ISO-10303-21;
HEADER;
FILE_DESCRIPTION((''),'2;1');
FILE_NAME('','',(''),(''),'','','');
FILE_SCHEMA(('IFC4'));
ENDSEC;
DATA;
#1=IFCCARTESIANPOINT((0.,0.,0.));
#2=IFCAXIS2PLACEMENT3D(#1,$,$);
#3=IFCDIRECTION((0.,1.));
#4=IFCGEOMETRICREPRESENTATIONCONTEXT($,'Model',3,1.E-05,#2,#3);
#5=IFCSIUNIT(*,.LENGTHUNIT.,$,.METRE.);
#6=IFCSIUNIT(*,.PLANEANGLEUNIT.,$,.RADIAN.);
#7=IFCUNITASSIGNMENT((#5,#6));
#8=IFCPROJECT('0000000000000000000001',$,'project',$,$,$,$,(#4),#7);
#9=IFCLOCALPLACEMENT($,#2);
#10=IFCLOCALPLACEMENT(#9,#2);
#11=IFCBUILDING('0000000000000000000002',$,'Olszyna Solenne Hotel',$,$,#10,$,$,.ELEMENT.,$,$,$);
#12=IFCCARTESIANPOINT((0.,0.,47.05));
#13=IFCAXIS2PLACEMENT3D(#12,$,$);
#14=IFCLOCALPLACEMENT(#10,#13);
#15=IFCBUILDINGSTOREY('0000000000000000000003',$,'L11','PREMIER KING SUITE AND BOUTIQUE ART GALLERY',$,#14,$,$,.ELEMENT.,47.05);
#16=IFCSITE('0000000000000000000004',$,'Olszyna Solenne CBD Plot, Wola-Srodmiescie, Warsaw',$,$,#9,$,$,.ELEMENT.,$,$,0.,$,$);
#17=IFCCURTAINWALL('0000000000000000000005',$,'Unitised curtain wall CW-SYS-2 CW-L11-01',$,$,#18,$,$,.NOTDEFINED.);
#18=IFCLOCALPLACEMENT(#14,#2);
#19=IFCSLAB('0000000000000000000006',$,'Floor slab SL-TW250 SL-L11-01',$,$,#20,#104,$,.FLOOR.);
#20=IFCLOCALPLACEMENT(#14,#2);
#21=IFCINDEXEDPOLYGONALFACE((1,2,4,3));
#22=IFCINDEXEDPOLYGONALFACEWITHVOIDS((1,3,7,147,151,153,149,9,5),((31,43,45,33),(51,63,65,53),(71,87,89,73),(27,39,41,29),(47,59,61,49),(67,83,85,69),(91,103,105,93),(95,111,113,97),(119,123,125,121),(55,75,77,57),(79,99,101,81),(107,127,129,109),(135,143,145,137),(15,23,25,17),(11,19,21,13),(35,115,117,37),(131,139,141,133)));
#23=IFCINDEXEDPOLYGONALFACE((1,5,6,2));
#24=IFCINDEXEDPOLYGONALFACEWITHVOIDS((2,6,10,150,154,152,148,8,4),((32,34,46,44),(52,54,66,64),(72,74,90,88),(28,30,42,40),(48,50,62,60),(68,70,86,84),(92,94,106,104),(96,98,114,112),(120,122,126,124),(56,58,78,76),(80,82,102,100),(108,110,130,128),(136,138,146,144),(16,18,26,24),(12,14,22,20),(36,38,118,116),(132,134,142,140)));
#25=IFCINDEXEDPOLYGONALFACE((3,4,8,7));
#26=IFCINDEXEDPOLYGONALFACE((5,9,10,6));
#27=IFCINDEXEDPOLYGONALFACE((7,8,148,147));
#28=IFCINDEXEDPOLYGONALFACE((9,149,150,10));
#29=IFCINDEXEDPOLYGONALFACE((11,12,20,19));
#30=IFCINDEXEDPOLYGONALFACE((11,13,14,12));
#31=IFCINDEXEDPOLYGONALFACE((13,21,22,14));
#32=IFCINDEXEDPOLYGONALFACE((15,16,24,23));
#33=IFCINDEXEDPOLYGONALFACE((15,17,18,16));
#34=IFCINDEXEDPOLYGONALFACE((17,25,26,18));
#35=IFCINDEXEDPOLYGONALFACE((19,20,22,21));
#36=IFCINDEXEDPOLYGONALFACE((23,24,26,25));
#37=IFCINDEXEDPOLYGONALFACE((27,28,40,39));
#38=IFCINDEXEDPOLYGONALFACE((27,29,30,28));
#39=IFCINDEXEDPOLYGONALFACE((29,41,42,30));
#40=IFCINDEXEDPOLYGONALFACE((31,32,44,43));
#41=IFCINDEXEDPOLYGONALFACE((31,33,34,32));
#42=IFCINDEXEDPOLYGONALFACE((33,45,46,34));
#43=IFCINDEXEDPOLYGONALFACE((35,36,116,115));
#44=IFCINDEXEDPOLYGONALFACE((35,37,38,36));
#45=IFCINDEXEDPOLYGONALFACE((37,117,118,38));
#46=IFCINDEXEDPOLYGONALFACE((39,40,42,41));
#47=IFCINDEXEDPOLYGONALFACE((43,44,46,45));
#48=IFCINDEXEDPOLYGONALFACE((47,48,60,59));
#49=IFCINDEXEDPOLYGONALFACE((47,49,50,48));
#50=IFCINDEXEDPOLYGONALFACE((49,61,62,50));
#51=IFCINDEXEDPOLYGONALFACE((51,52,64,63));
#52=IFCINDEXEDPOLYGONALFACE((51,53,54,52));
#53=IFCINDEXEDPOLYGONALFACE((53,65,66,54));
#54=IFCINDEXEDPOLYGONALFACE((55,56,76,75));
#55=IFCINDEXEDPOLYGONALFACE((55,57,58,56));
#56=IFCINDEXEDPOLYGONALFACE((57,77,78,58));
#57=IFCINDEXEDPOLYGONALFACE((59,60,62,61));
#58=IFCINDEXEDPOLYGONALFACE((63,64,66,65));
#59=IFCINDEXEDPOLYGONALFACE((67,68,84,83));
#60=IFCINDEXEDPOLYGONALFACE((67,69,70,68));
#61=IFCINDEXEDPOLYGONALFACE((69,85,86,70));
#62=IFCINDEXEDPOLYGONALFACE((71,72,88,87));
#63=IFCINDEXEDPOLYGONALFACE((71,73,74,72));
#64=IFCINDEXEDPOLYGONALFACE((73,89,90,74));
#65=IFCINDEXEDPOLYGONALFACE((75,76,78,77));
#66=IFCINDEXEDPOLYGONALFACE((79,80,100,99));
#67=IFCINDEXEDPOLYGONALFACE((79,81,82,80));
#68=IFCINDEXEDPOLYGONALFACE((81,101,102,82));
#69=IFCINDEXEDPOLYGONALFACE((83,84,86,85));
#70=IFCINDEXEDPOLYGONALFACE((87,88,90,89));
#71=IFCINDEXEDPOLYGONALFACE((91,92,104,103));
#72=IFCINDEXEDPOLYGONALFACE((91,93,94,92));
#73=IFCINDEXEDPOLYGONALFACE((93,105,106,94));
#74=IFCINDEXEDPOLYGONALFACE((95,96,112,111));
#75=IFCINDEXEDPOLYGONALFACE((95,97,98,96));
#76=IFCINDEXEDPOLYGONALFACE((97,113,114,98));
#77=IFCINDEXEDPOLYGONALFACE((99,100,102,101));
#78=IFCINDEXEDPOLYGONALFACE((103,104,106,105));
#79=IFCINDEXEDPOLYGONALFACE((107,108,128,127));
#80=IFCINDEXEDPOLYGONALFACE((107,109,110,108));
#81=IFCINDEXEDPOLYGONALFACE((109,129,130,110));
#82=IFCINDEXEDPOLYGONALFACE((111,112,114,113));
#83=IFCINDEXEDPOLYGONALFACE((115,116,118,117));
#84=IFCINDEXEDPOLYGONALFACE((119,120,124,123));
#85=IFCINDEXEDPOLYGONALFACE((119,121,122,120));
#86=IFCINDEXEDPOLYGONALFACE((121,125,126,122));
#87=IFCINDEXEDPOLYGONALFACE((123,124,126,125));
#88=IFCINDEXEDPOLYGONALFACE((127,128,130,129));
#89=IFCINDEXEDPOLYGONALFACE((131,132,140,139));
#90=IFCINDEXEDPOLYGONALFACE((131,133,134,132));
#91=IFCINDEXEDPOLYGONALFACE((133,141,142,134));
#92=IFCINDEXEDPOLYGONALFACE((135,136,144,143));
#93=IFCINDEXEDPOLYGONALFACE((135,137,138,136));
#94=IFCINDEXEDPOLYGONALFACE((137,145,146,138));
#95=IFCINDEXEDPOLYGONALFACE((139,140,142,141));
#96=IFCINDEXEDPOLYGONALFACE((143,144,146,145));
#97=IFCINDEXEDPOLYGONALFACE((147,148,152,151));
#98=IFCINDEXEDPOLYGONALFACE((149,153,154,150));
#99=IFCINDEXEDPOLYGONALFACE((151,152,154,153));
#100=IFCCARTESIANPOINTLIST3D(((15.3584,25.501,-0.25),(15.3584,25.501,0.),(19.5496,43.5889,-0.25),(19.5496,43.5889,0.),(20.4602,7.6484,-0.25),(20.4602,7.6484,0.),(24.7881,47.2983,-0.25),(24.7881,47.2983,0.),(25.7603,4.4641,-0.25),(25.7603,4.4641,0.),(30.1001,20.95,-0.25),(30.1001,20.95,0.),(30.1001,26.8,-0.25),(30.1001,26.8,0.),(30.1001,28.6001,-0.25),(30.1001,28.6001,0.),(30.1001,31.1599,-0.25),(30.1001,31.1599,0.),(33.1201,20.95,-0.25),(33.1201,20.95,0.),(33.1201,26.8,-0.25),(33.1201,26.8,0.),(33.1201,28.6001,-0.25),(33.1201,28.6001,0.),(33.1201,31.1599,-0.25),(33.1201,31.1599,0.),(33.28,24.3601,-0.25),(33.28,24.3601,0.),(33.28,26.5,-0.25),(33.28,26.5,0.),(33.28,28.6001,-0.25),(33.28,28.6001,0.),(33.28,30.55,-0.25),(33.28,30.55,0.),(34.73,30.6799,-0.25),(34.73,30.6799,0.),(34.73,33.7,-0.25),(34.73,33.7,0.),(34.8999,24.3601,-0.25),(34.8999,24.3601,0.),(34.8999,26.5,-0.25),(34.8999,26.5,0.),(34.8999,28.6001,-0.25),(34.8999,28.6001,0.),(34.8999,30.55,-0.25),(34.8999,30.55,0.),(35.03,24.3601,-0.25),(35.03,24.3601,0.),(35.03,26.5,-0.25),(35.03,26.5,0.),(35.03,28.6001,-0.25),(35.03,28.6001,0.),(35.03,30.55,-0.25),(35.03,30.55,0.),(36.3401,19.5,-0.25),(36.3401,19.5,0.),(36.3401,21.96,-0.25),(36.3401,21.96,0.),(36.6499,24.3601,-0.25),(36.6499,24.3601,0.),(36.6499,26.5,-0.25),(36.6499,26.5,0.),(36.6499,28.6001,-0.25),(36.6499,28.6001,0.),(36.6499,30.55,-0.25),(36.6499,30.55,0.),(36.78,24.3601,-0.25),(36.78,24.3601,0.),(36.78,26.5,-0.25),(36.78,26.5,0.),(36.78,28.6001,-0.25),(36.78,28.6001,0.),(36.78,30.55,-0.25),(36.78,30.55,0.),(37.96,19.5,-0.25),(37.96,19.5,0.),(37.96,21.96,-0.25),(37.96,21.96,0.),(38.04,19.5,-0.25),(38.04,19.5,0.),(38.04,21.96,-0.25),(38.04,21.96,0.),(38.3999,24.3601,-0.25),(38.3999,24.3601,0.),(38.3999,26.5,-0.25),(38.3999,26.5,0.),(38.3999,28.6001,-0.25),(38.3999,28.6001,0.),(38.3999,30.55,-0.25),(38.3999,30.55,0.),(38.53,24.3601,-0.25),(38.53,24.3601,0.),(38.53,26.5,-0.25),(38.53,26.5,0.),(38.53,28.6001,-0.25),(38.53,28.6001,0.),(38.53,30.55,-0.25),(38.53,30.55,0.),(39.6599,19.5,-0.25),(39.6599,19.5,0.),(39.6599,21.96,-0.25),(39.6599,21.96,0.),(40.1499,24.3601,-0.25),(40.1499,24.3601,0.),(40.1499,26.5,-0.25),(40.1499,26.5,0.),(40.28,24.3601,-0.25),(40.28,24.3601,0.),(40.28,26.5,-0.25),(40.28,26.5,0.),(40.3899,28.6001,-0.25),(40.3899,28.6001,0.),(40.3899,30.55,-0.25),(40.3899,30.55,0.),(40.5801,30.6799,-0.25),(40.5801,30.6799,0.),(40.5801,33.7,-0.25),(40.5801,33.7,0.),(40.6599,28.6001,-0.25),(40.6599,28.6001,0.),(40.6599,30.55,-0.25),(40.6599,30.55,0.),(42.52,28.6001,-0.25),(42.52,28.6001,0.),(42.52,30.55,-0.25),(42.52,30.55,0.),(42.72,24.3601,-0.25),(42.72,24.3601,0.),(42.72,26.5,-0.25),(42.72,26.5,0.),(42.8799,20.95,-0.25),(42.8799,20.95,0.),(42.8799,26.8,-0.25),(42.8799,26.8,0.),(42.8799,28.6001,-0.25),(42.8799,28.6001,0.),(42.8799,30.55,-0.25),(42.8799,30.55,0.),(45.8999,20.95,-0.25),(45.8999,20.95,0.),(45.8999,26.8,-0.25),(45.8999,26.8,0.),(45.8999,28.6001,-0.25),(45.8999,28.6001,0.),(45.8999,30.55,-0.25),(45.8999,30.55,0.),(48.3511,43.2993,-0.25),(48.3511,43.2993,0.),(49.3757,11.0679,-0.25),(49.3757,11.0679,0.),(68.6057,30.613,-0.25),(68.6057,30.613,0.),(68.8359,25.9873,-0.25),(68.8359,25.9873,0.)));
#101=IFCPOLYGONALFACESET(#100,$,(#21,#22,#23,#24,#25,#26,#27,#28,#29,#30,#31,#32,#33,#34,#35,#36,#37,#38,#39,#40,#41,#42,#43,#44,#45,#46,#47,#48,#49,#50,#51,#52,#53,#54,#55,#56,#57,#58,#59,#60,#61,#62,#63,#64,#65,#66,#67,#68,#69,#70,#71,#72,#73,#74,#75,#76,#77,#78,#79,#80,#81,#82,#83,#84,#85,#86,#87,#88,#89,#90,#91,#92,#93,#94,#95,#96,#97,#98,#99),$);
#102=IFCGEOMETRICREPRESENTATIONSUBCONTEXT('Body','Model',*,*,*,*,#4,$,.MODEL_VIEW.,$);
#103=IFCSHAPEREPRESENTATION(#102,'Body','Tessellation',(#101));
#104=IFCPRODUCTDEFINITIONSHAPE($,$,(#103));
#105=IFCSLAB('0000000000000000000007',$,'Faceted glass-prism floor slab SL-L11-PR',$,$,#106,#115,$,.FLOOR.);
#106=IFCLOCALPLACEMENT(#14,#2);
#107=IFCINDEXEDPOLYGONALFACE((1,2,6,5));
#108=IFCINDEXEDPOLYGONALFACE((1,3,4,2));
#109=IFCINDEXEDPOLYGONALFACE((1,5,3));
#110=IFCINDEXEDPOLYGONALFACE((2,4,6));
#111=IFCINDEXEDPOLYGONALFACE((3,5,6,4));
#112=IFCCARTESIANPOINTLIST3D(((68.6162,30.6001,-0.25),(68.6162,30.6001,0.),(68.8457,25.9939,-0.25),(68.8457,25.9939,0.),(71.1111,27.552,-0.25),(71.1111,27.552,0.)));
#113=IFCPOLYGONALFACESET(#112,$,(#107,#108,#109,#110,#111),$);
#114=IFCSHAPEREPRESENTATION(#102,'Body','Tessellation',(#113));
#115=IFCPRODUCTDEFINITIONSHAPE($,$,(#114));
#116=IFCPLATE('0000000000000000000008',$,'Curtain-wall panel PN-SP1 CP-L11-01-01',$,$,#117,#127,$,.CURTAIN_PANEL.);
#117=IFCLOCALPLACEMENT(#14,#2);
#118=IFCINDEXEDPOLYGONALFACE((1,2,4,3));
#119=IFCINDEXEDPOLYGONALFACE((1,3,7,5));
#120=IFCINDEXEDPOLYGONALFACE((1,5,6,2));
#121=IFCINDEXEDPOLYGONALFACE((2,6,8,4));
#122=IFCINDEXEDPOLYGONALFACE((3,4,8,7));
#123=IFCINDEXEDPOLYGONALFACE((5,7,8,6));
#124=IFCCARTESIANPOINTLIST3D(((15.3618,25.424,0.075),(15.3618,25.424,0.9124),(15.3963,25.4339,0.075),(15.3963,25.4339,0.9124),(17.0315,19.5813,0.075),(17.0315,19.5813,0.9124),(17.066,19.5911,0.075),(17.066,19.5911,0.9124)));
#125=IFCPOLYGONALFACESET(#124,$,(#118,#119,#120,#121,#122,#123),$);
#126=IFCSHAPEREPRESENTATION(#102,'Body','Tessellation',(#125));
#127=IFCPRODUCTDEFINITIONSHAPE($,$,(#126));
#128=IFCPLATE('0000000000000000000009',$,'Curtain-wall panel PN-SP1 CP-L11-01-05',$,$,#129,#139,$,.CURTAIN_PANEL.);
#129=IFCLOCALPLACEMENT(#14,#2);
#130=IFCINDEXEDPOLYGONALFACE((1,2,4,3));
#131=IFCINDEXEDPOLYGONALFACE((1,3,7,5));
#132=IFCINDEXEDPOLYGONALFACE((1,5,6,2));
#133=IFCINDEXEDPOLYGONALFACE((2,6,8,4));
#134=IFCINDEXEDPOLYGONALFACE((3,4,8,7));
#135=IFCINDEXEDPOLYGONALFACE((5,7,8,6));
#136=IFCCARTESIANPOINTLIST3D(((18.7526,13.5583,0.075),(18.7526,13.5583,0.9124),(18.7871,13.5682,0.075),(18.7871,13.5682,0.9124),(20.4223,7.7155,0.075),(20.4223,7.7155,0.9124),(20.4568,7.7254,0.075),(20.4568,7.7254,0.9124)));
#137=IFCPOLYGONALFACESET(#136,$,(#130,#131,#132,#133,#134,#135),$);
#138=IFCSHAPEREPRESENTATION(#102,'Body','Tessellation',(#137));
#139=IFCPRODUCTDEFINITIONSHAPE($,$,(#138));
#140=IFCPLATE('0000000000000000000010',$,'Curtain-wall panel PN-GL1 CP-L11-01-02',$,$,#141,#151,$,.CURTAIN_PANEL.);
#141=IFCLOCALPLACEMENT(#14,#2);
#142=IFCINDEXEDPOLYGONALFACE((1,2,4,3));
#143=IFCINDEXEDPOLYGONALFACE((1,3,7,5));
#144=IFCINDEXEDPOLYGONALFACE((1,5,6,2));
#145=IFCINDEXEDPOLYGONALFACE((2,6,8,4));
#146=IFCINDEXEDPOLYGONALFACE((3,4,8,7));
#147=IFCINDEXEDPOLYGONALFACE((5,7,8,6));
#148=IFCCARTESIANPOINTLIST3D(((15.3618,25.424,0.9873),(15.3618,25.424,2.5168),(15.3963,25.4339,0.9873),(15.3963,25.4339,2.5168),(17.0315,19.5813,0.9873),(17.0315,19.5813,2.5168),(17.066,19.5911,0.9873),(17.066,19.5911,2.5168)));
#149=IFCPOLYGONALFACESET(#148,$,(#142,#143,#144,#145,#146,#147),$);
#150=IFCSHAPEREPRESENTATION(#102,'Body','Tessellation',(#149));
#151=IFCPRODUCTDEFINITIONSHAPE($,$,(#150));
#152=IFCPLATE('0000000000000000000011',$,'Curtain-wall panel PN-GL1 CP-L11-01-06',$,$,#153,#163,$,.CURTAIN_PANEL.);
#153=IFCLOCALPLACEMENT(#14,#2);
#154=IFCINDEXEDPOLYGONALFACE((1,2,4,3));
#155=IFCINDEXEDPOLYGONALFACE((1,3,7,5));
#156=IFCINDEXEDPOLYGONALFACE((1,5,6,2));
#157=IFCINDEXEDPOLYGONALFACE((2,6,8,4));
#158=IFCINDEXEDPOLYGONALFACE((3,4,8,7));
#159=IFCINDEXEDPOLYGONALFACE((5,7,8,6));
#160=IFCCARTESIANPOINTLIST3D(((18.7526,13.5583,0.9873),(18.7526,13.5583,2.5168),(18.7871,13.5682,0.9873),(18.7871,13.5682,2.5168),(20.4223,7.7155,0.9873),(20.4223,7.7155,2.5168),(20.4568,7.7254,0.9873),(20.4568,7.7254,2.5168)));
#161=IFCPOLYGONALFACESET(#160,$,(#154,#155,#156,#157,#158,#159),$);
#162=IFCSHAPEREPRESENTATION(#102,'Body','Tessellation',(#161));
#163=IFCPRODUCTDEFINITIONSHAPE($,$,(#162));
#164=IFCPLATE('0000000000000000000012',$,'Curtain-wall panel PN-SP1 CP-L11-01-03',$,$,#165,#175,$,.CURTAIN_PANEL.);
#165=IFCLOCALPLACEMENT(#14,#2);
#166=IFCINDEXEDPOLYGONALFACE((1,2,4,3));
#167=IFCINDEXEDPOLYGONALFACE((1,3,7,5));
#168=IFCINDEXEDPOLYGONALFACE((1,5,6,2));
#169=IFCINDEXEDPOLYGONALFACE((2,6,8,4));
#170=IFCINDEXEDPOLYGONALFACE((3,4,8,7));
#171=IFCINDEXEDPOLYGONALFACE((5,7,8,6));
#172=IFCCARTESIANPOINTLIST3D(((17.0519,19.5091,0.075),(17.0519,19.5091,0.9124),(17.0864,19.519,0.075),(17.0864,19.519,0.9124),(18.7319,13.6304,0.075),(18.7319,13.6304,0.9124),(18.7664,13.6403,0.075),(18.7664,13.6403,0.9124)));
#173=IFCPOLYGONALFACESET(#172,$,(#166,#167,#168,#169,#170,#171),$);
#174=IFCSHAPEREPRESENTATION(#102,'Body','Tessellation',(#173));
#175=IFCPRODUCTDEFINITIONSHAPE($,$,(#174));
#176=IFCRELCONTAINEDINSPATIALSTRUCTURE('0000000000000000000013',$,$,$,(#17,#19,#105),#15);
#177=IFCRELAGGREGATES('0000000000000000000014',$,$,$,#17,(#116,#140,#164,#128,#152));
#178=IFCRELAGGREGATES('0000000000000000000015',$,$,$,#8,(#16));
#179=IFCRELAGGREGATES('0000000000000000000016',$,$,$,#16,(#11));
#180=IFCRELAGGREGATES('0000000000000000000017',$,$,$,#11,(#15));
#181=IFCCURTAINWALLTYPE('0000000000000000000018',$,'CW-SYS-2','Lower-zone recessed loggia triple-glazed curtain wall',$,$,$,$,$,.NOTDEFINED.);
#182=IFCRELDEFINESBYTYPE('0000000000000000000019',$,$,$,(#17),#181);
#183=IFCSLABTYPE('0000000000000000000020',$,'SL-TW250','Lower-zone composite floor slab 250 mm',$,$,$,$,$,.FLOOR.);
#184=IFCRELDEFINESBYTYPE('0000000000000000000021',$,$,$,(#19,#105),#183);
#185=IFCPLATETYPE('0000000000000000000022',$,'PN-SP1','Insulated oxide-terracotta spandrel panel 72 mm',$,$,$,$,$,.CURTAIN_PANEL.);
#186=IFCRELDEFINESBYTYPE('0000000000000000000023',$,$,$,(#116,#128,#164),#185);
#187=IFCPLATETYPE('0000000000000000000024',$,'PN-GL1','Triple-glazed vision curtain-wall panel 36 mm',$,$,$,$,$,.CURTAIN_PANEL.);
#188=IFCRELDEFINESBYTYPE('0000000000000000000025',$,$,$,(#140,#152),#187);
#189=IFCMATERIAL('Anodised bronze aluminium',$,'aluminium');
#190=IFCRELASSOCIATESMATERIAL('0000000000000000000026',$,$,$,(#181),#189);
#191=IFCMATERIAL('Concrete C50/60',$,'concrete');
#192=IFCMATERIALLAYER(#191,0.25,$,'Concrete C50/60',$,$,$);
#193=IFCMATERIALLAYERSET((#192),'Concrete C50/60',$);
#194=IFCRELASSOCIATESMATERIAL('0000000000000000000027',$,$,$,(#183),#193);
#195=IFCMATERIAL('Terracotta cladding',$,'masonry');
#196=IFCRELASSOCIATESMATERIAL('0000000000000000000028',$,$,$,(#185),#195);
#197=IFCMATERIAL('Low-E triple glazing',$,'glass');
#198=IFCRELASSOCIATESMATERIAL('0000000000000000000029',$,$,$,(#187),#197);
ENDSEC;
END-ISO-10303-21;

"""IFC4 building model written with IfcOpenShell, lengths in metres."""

from ifc_helpers import new_model, si_unit, direction, frame, origin, origin_2d, place, context, subcontext, project, spatial, polyline, rectangle, outline, extrude, source, transform, mapped, material, layer, layer_set, type_object, element, aggregate, save


model = new_model("IFC4")

# Units and contexts
model_context = context("Model", 3, precision=1e-05, world=origin(), true_north=direction((0.0, 1.0)))
body_context = subcontext(model_context, "Body", "Model", "MODEL_VIEW")
ifc_project = project(units=[si_unit("LENGTHUNIT", "METRE"), si_unit("PLANEANGLEUNIT", "RADIAN")], contexts=[model_context])

# Site, building, storey
site_placement = place(None, origin())
site = spatial("IfcSite", under=ifc_project, at=site_placement, Name="Olszyna Solenne CBD Plot, Wola-Srodmiescie, Warsaw", CompositionType="ELEMENT", RefElevation=0.0)
building_placement = place(site_placement, origin())
building = spatial("IfcBuilding", under=site, at=building_placement, Name="Olszyna Solenne Hotel", CompositionType="ELEMENT")
storey_placement = place(building_placement, frame((0.0, 0.0, 47.05)))
storey = spatial("IfcBuildingStorey", under=building, at=storey_placement, Name="L11", Description="PREMIER KING SUITE AND BOUTIQUE ART GALLERY", CompositionType="ELEMENT", Elevation=47.05)

# Curtain wall
ifc_material_1 = material(Name="Anodised bronze aluminium", Category="aluminium")
curtain_wall_type = type_object("IfcCurtainWallType", Name="CW-SYS-2", Description="Lower-zone recessed loggia triple-glazed curtain wall", PredefinedType="NOTDEFINED", material=ifc_material_1)
curtain_wall_placement = place(storey_placement, origin())
curtain_wall = element("IfcCurtainWall", 1, at=curtain_wall_placement, inside=storey, type_object=curtain_wall_type, Name="Unitised curtain wall CW-SYS-2 CW-L11-01", PredefinedType="NOTDEFINED")

# Slabs
ifc_material_2 = material(Name="Concrete C50/60", Category="concrete")
ifc_layer_1 = layer(ifc_material_2, 0.25, Name="Concrete C50/60")
ifc_layer_set_1 = layer_set([ifc_layer_1], Name="Concrete C50/60")
slab_type_1 = type_object("IfcSlabType", Name="SL-TW250", Description="Lower-zone composite floor slab 250 mm", PredefinedType="FLOOR", material=ifc_layer_set_1)
slab_1_placement = place(storey_placement, frame((0.0, 0.0, -0.25)))
element("IfcSlab", 2, at=slab_1_placement, inside=storey, type_object=slab_type_1, Name="Floor slab SL-TW250 SL-L11-01", PredefinedType="FLOOR", context=body_context, shape_type="SweptSolid", body=[
    extrude(outline(polyline([(68.8359, 25.9873), (68.6057, 30.613), (48.3511, 43.2993), (24.7881, 47.2983), (19.5496, 43.5889), (15.3584, 25.501), (20.4602, 7.6484), (25.7603, 4.4641), (49.3757, 11.0679), (68.8359, 25.9873)]), holes=[polyline([(30.1001, 20.95), (33.1201, 20.95), (33.1201, 26.8), (30.1001, 26.8), (30.1001, 20.95)]), polyline([(42.8799, 20.95), (45.8999, 20.95), (45.8999, 26.8), (42.8799, 26.8), (42.8799, 20.95)]), polyline([(34.73, 30.6799), (40.5801, 30.6799), (40.5801, 33.7), (34.73, 33.7), (34.73, 30.6799)]), polyline([(36.3401, 19.5), (37.96, 19.5), (37.96, 21.96), (36.3401, 21.96), (36.3401, 19.5)]), polyline([(38.04, 19.5), (39.6599, 19.5), (39.6599, 21.96), (38.04, 21.96), (38.04, 19.5)]), polyline([(30.1001, 28.6001), (33.1201, 28.6001), (33.1201, 31.1599), (30.1001, 31.1599), (30.1001, 28.6001)]), polyline([(33.28, 24.3601), (34.8999, 24.3601), (34.8999, 26.5), (33.28, 26.5), (33.28, 24.3601)]), polyline([(35.03, 24.3601), (36.6499, 24.3601), (36.6499, 26.5), (35.03, 26.5), (35.03, 24.3601)]), polyline([(36.78, 24.3601), (38.3999, 24.3601), (38.3999, 26.5), (36.78, 26.5), (36.78, 24.3601)]), polyline([(38.53, 24.3601), (40.1499, 24.3601), (40.1499, 26.5), (38.53, 26.5), (38.53, 24.3601)]), polyline([(40.28, 24.3601), (42.72, 24.3601), (42.72, 26.5), (40.28, 26.5), (40.28, 24.3601)]), polyline([(33.28, 28.6001), (34.8999, 28.6001), (34.8999, 30.55), (33.28, 30.55), (33.28, 28.6001)]), polyline([(35.03, 28.6001), (36.6499, 28.6001), (36.6499, 30.55), (35.03, 30.55), (35.03, 28.6001)]), polyline([(36.78, 28.6001), (38.3999, 28.6001), (38.3999, 30.55), (36.78, 30.55), (36.78, 28.6001)]), polyline([(38.53, 28.6001), (40.3899, 28.6001), (40.3899, 30.55), (38.53, 30.55), (38.53, 28.6001)]), polyline([(40.6599, 28.6001), (42.52, 28.6001), (42.52, 30.55), (40.6599, 30.55), (40.6599, 28.6001)]), polyline([(42.8799, 28.6001), (45.8999, 28.6001), (45.8999, 30.55), (42.8799, 30.55), (42.8799, 28.6001)])]), origin(), (0.0, 0.0, 1.0), 0.25),
])
slab_2_placement = place(storey_placement, frame((0.0, 0.0, -0.25)))
element("IfcSlab", 3, at=slab_2_placement, inside=storey, type_object=slab_type_1, Name="Faceted glass-prism floor slab SL-L11-PR", PredefinedType="FLOOR", context=body_context, shape_type="SweptSolid", body=[
    extrude(outline(polyline([(68.6162, 30.6001), (68.8457, 25.9939), (71.1111, 27.552), (68.6162, 30.6001)])), origin(), (0.0, 0.0, 1.0), 0.25),
])

# Plates
ifc_material_3 = material(Name="Terracotta cladding", Category="masonry")
plate_type_1 = type_object("IfcPlateType", Name="PN-SP1", Description="Insulated oxide-terracotta spandrel panel 72 mm", PredefinedType="CURTAIN_PANEL", material=ifc_material_3)
shared_shape_1 = source(origin(), body_context, "Body", "SweptSolid", [
    extrude(rectangle(XDim=6.0767, YDim=0.0359, at=origin_2d()), origin(), (0.0, 0.0, 1.0), 0.8374),
])
plate_1_placement = place(storey_placement, frame((16.2139, 22.5076, 0.075), z_axis=(0.0, 0.0, 1.0), x_axis=(0.274775, -0.961508, 0.0)))
plate_1 = element("IfcPlate", 4, at=plate_1_placement, type_object=plate_type_1, Name="Curtain-wall panel PN-SP1 CP-L11-01-01", PredefinedType="CURTAIN_PANEL", context=body_context, shape_type="MappedRepresentation", body=[
    mapped(shared_shape_1, transform((0.0, 0.0, 0.0), x_axis=(1.0, 0.0, 0.0), y_axis=(0.0, 1.0, 0.0), z_axis=(0.0, 0.0, 1.0), scale=1.0)),
])
plate_2_placement = place(storey_placement, frame((19.6047, 10.6418, 0.075), z_axis=(0.0, 0.0, 1.0), x_axis=(0.274775, -0.961508, 0.0)))
plate_2 = element("IfcPlate", 5, at=plate_2_placement, type_object=plate_type_1, Name="Curtain-wall panel PN-SP1 CP-L11-01-05", PredefinedType="CURTAIN_PANEL", context=body_context, shape_type="MappedRepresentation", body=[
    mapped(shared_shape_1, transform((0.0, 0.0, 0.0), x_axis=(1.0, 0.0, 0.0), y_axis=(0.0, 1.0, 0.0), z_axis=(0.0, 0.0, 1.0), scale=1.0)),
])
ifc_material_4 = material(Name="Low-E triple glazing", Category="glass")
plate_type_2 = type_object("IfcPlateType", Name="PN-GL1", Description="Triple-glazed vision curtain-wall panel 36 mm", PredefinedType="CURTAIN_PANEL", material=ifc_material_4)
shared_shape_2 = source(origin(), body_context, "Body", "SweptSolid", [
    extrude(rectangle(XDim=6.0767, YDim=0.0359, at=origin_2d()), origin(), (0.0, 0.0, 1.0), 1.5295),
])
plate_3_placement = place(storey_placement, frame((16.2139, 22.5076, 0.9873), z_axis=(0.0, 0.0, 1.0), x_axis=(0.274775, -0.961508, 0.0)))
plate_3 = element("IfcPlate", 6, at=plate_3_placement, type_object=plate_type_2, Name="Curtain-wall panel PN-GL1 CP-L11-01-02", PredefinedType="CURTAIN_PANEL", context=body_context, shape_type="MappedRepresentation", body=[
    mapped(shared_shape_2, transform((0.0, 0.0, 0.0), x_axis=(1.0, 0.0, 0.0), y_axis=(0.0, 1.0, 0.0), z_axis=(0.0, 0.0, 1.0), scale=1.0)),
])
plate_4_placement = place(storey_placement, frame((19.6047, 10.6418, 0.9873), z_axis=(0.0, 0.0, 1.0), x_axis=(0.274775, -0.961508, 0.0)))
plate_4 = element("IfcPlate", 7, at=plate_4_placement, type_object=plate_type_2, Name="Curtain-wall panel PN-GL1 CP-L11-01-06", PredefinedType="CURTAIN_PANEL", context=body_context, shape_type="MappedRepresentation", body=[
    mapped(shared_shape_2, transform((0.0, 0.0, 0.0), x_axis=(1.0, 0.0, 0.0), y_axis=(0.0, 1.0, 0.0), z_axis=(0.0, 0.0, 1.0), scale=1.0)),
])
shared_shape_3 = source(origin(), body_context, "Body", "SweptSolid", [
    extrude(rectangle(XDim=6.114, YDim=0.0359, at=origin_2d()), origin(), (0.0, 0.0, 1.0), 0.8374),
])
plate_5_placement = place(storey_placement, frame((17.9092, 16.5747, 0.075), z_axis=(0.0, 0.0, 1.0), x_axis=(0.274775, -0.961508, 0.0)))
plate_5 = element("IfcPlate", 8, at=plate_5_placement, type_object=plate_type_1, Name="Curtain-wall panel PN-SP1 CP-L11-01-03", PredefinedType="CURTAIN_PANEL", context=body_context, shape_type="MappedRepresentation", body=[
    mapped(shared_shape_3, transform((0.0, 0.0, 0.0), x_axis=(1.0, 0.0, 0.0), y_axis=(0.0, 1.0, 0.0), z_axis=(0.0, 0.0, 1.0), scale=1.0)),
])
aggregate(curtain_wall, [plate_1, plate_3, plate_5, plate_2, plate_4])

save(model, "model.ifc")
